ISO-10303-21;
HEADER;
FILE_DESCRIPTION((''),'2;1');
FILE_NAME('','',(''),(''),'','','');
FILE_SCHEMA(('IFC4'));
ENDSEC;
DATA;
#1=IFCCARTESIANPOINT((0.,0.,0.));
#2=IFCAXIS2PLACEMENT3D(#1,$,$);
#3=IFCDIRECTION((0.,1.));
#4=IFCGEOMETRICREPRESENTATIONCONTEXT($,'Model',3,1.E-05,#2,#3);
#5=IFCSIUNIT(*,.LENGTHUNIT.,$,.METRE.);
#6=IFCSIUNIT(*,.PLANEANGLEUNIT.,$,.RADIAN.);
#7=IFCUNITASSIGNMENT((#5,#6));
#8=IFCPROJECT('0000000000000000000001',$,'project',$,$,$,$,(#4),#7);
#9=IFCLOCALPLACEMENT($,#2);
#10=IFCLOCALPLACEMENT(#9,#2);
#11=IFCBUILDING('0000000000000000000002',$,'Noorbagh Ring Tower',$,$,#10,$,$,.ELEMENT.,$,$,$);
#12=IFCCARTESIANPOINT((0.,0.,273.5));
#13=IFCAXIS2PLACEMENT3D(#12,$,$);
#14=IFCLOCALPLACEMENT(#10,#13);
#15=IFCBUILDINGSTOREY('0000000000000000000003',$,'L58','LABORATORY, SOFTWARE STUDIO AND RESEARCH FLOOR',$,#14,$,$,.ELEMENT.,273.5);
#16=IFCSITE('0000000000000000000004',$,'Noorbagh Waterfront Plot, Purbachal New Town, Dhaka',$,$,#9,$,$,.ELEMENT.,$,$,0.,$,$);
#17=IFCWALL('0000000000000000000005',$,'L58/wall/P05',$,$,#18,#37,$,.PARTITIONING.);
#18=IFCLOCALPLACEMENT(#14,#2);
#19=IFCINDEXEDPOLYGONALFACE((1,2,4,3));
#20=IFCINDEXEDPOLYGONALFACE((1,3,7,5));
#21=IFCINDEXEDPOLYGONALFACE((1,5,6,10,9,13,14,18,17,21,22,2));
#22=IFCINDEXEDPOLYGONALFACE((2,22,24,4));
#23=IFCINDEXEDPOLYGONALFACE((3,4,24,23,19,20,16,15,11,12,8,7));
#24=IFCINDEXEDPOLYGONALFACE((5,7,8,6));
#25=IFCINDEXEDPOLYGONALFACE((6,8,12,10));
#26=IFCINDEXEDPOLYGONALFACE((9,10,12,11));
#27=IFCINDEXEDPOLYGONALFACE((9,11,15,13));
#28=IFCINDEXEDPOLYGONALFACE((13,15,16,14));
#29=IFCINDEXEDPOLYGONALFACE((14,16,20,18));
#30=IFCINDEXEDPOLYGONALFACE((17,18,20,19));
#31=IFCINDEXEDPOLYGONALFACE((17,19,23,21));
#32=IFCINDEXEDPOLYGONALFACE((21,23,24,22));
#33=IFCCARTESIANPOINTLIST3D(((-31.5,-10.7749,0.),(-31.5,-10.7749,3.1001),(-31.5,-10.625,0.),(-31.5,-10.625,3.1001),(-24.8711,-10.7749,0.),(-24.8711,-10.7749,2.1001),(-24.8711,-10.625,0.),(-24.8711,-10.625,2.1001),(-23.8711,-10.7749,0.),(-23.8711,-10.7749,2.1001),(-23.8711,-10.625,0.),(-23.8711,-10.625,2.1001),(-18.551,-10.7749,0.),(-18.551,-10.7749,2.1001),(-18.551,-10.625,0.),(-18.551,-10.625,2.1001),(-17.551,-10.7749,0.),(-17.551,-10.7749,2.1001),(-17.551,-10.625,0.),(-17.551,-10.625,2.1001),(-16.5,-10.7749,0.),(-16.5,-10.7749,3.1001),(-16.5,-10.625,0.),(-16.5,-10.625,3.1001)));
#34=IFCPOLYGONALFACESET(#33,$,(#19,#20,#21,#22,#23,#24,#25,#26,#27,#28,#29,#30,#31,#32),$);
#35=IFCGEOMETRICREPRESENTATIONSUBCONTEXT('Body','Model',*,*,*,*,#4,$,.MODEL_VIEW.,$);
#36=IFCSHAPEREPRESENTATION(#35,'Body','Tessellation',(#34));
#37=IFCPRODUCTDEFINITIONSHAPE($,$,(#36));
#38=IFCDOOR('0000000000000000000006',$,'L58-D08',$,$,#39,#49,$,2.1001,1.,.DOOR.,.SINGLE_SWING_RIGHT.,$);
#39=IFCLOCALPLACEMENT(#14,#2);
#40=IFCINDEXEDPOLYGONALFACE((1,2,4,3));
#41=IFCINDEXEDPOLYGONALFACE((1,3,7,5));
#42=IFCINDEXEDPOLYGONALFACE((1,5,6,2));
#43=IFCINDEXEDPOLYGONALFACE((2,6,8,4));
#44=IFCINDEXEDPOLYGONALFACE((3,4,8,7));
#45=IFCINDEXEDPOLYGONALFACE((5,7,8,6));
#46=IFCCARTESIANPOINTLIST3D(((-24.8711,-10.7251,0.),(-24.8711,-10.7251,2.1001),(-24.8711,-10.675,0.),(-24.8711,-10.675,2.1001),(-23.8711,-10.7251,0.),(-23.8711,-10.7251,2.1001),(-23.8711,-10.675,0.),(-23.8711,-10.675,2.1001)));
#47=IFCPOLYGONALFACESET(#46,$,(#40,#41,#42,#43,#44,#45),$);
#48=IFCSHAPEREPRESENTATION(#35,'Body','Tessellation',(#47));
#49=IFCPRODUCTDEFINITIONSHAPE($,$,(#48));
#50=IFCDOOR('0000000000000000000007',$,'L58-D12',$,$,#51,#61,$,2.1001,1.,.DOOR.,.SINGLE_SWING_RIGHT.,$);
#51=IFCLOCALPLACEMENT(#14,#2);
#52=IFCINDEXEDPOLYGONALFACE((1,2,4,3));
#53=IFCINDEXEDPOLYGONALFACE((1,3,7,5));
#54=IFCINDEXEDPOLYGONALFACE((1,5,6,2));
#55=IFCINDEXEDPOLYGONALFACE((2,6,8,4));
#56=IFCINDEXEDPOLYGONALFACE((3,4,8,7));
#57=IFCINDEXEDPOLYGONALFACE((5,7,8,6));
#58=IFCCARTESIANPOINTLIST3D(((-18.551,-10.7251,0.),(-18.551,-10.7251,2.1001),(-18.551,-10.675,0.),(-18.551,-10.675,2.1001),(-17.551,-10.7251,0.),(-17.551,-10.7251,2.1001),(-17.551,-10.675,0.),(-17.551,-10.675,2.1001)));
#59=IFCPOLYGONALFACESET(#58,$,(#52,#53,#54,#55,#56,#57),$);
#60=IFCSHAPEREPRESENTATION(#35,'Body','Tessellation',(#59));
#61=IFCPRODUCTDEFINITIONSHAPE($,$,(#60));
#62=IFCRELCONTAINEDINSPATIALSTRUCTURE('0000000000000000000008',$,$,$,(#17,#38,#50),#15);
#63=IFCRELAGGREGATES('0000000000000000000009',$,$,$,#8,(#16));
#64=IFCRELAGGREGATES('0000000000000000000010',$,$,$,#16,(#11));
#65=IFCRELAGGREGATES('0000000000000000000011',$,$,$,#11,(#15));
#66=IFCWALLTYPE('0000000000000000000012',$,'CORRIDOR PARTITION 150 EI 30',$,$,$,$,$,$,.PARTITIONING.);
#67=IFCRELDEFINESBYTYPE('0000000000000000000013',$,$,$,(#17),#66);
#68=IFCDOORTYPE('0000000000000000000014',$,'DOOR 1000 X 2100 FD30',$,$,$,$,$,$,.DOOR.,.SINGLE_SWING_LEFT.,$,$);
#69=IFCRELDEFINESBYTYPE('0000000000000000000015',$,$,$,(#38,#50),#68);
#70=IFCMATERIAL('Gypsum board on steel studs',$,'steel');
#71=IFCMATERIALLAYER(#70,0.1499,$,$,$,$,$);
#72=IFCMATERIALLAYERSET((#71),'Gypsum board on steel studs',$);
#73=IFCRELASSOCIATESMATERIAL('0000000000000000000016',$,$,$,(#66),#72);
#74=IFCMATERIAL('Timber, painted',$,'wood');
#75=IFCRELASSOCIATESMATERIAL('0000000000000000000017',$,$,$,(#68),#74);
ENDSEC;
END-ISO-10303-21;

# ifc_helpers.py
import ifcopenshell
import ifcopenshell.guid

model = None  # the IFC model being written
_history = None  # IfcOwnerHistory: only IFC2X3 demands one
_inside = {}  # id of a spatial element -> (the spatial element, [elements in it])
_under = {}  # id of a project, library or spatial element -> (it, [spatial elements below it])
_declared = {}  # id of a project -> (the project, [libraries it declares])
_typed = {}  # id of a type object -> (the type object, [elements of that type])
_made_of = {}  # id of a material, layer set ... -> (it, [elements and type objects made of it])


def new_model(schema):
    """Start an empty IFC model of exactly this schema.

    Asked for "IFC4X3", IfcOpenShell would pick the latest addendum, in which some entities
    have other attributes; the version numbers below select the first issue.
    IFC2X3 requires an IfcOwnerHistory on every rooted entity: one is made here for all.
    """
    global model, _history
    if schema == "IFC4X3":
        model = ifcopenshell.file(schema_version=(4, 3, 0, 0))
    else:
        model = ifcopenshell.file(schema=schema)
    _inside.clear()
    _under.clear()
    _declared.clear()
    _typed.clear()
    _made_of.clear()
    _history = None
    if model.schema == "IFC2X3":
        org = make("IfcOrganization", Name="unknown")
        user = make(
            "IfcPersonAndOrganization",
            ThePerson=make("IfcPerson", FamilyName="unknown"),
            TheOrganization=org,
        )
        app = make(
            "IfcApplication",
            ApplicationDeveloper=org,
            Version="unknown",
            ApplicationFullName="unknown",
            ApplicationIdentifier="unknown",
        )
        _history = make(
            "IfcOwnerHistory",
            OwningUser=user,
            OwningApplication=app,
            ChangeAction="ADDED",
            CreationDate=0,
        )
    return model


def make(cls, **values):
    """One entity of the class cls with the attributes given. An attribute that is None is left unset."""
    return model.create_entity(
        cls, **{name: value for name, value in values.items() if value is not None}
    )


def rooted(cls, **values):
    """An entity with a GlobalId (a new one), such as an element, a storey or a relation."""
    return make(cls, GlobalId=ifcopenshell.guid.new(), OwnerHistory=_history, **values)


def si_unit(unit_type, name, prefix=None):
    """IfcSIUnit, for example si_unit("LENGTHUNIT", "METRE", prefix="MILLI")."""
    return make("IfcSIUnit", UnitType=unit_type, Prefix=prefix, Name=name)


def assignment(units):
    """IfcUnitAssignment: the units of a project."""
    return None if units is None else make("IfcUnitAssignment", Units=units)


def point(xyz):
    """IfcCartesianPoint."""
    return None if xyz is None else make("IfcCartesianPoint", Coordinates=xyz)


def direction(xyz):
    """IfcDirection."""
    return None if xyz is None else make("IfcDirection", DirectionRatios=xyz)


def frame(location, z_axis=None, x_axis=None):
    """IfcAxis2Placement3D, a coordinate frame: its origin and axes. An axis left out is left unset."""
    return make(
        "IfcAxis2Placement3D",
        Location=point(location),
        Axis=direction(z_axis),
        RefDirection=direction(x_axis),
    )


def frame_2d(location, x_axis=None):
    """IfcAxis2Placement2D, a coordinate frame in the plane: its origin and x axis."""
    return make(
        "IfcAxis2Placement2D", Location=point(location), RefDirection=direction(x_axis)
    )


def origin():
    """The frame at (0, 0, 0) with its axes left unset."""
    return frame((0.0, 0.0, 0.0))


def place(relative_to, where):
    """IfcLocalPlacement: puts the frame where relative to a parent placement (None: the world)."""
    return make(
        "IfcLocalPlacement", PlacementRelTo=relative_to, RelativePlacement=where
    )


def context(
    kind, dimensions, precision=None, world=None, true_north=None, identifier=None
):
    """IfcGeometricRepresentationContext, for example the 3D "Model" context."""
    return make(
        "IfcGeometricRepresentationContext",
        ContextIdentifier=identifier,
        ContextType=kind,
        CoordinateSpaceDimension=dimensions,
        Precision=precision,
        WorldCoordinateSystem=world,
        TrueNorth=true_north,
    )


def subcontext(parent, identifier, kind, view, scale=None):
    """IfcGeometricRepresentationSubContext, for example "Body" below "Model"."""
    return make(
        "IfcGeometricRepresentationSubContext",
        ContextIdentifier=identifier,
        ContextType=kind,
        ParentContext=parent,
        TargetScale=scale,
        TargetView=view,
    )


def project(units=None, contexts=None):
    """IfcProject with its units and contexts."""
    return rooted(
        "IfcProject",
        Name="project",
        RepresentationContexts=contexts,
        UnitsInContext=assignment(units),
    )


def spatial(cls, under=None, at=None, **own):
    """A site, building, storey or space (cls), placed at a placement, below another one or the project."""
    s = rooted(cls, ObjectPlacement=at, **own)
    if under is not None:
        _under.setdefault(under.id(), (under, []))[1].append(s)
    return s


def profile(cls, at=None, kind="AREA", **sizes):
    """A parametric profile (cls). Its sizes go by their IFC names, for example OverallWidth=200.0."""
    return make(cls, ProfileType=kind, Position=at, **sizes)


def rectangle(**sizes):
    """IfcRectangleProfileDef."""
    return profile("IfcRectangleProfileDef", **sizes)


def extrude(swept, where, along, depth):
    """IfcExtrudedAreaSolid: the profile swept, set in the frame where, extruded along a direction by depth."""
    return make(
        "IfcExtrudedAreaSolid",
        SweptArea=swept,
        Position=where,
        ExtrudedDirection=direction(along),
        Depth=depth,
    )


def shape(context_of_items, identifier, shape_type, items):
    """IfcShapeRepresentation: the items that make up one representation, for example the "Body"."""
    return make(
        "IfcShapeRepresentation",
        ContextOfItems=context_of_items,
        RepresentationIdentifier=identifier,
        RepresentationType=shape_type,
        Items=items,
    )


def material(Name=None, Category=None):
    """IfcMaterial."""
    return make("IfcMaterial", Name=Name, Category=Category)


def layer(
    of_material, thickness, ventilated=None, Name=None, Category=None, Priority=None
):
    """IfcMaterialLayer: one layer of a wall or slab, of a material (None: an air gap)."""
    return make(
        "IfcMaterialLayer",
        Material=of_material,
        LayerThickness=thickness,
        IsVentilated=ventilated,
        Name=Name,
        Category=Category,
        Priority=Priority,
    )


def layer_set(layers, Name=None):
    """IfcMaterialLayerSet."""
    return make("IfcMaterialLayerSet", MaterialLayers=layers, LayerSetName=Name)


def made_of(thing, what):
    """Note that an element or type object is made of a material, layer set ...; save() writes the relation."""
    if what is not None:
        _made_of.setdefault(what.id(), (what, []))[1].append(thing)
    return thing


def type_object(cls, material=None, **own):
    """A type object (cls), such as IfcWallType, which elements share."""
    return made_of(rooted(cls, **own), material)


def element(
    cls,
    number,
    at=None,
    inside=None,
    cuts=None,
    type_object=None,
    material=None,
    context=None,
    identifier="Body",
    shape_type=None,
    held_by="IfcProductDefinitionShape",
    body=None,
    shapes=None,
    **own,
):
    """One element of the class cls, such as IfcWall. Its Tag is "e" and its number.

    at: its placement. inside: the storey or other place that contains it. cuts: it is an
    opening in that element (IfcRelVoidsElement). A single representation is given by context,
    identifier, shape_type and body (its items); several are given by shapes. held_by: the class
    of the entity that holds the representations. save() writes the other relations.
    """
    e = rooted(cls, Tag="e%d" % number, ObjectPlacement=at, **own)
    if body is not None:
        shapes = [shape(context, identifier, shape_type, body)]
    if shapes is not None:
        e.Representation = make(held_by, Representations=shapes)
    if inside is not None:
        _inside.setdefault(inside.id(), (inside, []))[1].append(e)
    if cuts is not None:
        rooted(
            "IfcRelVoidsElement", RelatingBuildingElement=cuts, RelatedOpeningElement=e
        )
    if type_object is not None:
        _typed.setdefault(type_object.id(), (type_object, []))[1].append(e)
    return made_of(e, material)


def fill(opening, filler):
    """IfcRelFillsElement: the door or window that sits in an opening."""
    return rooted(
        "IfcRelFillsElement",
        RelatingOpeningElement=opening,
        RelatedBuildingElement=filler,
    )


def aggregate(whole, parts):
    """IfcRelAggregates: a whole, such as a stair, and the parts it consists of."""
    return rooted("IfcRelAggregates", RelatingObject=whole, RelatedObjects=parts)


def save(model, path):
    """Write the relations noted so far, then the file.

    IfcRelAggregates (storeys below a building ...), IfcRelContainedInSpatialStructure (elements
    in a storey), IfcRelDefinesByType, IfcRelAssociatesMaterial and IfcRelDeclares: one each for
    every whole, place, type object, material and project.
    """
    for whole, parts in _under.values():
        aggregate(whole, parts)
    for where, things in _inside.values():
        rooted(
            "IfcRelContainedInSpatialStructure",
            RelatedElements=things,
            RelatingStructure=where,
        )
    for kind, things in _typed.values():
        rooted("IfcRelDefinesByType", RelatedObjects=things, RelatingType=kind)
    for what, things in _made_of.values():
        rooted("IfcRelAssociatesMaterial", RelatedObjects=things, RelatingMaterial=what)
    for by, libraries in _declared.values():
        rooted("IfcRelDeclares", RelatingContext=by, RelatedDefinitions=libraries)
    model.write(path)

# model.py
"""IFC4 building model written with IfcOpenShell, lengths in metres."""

from ifc_helpers import new_model, si_unit, direction, frame, frame_2d, origin, place, context, subcontext, project, spatial, rectangle, extrude, material, layer, layer_set, type_object, element, fill, save


model = new_model("IFC4")

# Units and contexts
model_context = context("Model", 3, precision=1e-05, world=origin(), true_north=direction((0.0, 1.0)))
body_context = subcontext(model_context, "Body", "Model", "MODEL_VIEW")
ifc_project = project(units=[si_unit("LENGTHUNIT", "METRE"), si_unit("PLANEANGLEUNIT", "RADIAN")], contexts=[model_context])

# Site, building, storey
site_placement = place(None, origin())
site = spatial("IfcSite", under=ifc_project, at=site_placement, Name="Noorbagh Waterfront Plot, Purbachal New Town, Dhaka", CompositionType="ELEMENT", RefElevation=0.0)
building_placement = place(site_placement, origin())
building = spatial("IfcBuilding", under=site, at=building_placement, Name="Noorbagh Ring Tower", CompositionType="ELEMENT")
storey_placement = place(building_placement, frame((0.0, 0.0, 273.5)))
storey = spatial("IfcBuildingStorey", under=building, at=storey_placement, Name="L58", Description="LABORATORY, SOFTWARE STUDIO AND RESEARCH FLOOR", CompositionType="ELEMENT", Elevation=273.5)

# Shared definitions
ifc_material_1 = material(Name="Gypsum board on steel studs", Category="steel")
ifc_layer_1 = layer(ifc_material_1, 0.1499)
ifc_layer_set_1 = layer_set([ifc_layer_1], Name="Gypsum board on steel studs")
wall_type_1 = type_object("IfcWallType", Name="CORRIDOR PARTITION 150 EI 30", PredefinedType="PARTITIONING", material=ifc_layer_set_1)
ifc_material_2 = material(Name="Timber, painted", Category="wood")
door_type = type_object("IfcDoorType", Name="DOOR 1000 X 2100 FD30", OperationType="SINGLE_SWING_LEFT", PredefinedType="DOOR", material=ifc_material_2)

# Wall, openings, doors
wall_1_placement = place(storey_placement, frame((-31.5, -10.7, 0.0), z_axis=(0.0, 0.0, 1.0), x_axis=(1.0, 0.0, 0.0)))
wall_1 = element("IfcWall", 1, at=wall_1_placement, inside=storey, type_object=wall_type_1, Name="L58/wall/P05", PredefinedType="PARTITIONING", context=body_context, shape_type="SweptSolid", body=[
    extrude(rectangle(XDim=15.0, YDim=0.1499, at=frame_2d((7.5, 0.0))), origin(), (0.0, 0.0, 1.0), 3.1001),
])
opening_1_placement = place(wall_1_placement, frame((6.6289, 0.0, 0.0)))
opening_1 = element("IfcOpeningElement", 2, at=opening_1_placement, cuts=wall_1, PredefinedType="OPENING", context=body_context, shape_type="SweptSolid", body=[
    extrude(rectangle(XDim=1.0, YDim=2.1001, at=frame_2d((0.5, 1.05))), frame((0.0, 0.085, 0.0), z_axis=(0.0, -1.0, 0.0), x_axis=(1.0, 0.0, 0.0)), (0.0, 0.0, 1.0), 0.1699),
])
opening_2_placement = place(wall_1_placement, frame((12.949, 0.0, 0.0)))
opening_2 = element("IfcOpeningElement", 3, at=opening_2_placement, cuts=wall_1, PredefinedType="OPENING", context=body_context, shape_type="SweptSolid", body=[
    extrude(rectangle(XDim=1.0, YDim=2.1001, at=frame_2d((0.5, 1.05))), frame((0.0, 0.085, 0.0), z_axis=(0.0, -1.0, 0.0), x_axis=(1.0, 0.0, 0.0)), (0.0, 0.0, 1.0), 0.1699),
])
door_1_placement = place(opening_1_placement, origin())
door_1 = element("IfcDoor", 4, at=door_1_placement, inside=storey, type_object=door_type, Name="L58-D08", OperationType="SINGLE_SWING_RIGHT", OverallHeight=2.1001, OverallWidth=1.0, PredefinedType="DOOR", context=body_context, shape_type="SweptSolid", body=[
    extrude(rectangle(XDim=1.0, YDim=2.1001, at=frame_2d((0.5, 1.05))), frame((0.0, 0.0249, 0.0), z_axis=(0.0, -1.0, 0.0), x_axis=(1.0, 0.0, 0.0)), (0.0, 0.0, 1.0), 0.05),
])
fill(opening_1, door_1)
door_2_placement = place(opening_2_placement, origin())
door_2 = element("IfcDoor", 5, at=door_2_placement, inside=storey, type_object=door_type, Name="L58-D12", OperationType="SINGLE_SWING_RIGHT", OverallHeight=2.1001, OverallWidth=1.0, PredefinedType="DOOR", context=body_context, shape_type="SweptSolid", body=[
    extrude(rectangle(XDim=1.0, YDim=2.1001, at=frame_2d((0.5, 1.05))), frame((0.0, 0.0249, 0.0), z_axis=(0.0, -1.0, 0.0), x_axis=(1.0, 0.0, 0.0)), (0.0, 0.0, 1.0), 0.05),
])
fill(opening_2, door_2)

save(model, "model.ifc")
